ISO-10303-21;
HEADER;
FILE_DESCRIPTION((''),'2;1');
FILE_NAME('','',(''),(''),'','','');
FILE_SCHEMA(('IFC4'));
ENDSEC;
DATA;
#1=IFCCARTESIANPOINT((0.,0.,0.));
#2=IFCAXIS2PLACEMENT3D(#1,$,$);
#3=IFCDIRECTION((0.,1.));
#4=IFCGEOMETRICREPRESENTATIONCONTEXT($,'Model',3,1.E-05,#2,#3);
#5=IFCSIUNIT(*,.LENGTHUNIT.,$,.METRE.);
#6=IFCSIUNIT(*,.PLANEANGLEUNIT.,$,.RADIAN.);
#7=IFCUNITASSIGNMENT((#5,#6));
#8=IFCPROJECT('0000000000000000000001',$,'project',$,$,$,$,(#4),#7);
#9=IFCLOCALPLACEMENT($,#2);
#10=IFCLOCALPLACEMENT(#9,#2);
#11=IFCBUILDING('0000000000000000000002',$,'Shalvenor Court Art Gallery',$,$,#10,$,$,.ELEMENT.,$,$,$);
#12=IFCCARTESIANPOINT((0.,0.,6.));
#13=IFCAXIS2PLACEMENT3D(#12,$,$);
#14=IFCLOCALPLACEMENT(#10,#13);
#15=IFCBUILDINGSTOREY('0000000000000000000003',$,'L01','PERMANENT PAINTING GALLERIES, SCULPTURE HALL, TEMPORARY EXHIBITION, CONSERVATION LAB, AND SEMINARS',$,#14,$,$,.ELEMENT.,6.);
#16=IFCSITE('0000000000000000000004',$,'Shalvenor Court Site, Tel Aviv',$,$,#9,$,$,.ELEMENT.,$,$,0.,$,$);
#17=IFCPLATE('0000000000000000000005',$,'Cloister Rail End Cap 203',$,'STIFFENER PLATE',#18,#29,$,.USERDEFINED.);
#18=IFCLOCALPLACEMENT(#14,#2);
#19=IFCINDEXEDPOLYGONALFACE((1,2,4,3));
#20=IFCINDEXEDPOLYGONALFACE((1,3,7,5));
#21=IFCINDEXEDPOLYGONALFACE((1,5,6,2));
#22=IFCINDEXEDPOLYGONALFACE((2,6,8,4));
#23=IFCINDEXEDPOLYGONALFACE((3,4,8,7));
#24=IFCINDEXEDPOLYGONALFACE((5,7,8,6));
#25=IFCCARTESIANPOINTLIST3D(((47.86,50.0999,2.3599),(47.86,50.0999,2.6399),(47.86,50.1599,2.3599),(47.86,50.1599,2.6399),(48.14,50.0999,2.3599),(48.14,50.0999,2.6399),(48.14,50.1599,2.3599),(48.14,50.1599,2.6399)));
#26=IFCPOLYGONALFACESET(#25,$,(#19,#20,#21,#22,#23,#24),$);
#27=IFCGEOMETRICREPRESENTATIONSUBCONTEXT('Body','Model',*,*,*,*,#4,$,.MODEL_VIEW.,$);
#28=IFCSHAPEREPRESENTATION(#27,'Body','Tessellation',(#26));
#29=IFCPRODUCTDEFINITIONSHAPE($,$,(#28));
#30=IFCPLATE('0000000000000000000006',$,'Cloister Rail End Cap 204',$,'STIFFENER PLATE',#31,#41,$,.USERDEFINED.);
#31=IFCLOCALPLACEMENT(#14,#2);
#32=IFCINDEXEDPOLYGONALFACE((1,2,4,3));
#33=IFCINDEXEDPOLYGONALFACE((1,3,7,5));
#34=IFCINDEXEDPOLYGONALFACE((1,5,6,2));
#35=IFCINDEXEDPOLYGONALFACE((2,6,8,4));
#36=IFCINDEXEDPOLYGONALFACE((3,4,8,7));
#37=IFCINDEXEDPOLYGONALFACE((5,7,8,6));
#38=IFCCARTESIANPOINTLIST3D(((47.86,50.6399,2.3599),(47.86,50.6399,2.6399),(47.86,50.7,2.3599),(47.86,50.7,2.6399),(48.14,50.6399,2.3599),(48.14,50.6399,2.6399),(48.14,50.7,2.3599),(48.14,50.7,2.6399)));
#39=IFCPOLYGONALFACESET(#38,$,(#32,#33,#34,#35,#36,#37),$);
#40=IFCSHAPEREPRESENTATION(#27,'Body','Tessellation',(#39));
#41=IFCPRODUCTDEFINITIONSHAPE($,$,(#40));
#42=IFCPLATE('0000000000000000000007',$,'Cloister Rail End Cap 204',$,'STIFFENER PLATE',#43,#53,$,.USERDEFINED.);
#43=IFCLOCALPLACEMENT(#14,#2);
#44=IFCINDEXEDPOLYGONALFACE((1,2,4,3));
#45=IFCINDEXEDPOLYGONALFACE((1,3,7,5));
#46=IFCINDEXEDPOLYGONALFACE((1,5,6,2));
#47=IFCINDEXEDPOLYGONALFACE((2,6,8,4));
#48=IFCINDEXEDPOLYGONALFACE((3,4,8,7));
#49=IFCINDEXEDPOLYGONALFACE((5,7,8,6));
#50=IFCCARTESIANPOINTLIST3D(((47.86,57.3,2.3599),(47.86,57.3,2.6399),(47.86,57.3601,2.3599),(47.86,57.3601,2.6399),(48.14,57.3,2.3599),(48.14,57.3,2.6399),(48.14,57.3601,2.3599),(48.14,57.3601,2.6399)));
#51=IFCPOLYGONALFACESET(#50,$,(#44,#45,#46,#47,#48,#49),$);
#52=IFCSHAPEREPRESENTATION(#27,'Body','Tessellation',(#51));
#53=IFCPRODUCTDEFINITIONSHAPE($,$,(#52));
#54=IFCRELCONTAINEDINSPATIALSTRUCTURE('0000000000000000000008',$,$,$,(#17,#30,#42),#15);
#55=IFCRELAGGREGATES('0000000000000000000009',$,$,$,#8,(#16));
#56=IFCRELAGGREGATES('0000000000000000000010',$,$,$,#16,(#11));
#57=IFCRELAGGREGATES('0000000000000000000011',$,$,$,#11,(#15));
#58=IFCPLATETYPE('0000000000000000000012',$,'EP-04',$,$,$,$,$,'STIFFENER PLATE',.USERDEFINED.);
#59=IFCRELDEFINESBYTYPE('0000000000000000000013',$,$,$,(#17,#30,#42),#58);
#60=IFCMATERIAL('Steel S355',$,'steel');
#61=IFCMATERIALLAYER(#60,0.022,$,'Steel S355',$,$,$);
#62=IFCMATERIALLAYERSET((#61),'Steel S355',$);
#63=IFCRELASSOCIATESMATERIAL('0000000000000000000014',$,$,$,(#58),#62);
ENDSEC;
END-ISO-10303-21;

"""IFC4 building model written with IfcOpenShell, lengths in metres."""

from ifc_helpers import new_model, si_unit, direction, frame, origin, origin_2d, place, context, subcontext, project, spatial, rectangle, extrude, material, layer, layer_set, type_object, element, save


model = new_model("IFC4")

# Units and contexts
model_context = context("Model", 3, precision=1e-05, world=origin(), true_north=direction((0.0, 1.0)))
body_context = subcontext(model_context, "Body", "Model", "MODEL_VIEW")
ifc_project = project(units=[si_unit("LENGTHUNIT", "METRE"), si_unit("PLANEANGLEUNIT", "RADIAN")], contexts=[model_context])

# Site, building, storey
site_placement = place(None, origin())
site = spatial("IfcSite", under=ifc_project, at=site_placement, Name="Shalvenor Court Site, Tel Aviv", CompositionType="ELEMENT", RefElevation=0.0)
building_placement = place(site_placement, origin())
building = spatial("IfcBuilding", under=site, at=building_placement, Name="Shalvenor Court Art Gallery", CompositionType="ELEMENT")
storey_placement = place(building_placement, frame((0.0, 0.0, 6.0)))
storey = spatial("IfcBuildingStorey", under=building, at=storey_placement, Name="L01", Description="PERMANENT PAINTING GALLERIES, SCULPTURE HALL, TEMPORARY EXHIBITION, CONSERVATION LAB, AND SEMINARS", CompositionType="ELEMENT", Elevation=6.0)

# Plates
ifc_material_1 = material(Name="Steel S355", Category="steel")
ifc_layer_1 = layer(ifc_material_1, 0.022, Name="Steel S355")
ifc_layer_set_1 = layer_set([ifc_layer_1], Name="Steel S355")
plate_type_1 = type_object("IfcPlateType", Name="EP-04", ElementType="STIFFENER PLATE", PredefinedType="USERDEFINED", material=ifc_layer_set_1)
for number, where, z_axis, x_axis, name in (
    (1, (48.0, 50.1299, 2.3599), (0.0, 0.0, 1.0), (1.0, 0.0, 0.0), "Cloister Rail End Cap 203"),
    (2, (48.0, 50.6699, 2.3599), (0.0, 0.0, 1.0), (1.0, 0.0, 0.0), "Cloister Rail End Cap 204"),
    (3, (48.0, 57.3301, 2.3599), (0.0, 0.0, 1.0), (1.0, 0.0, 0.0), "Cloister Rail End Cap 204"),
):
    element("IfcPlate", number, at=place(storey_placement, frame(where, z_axis=z_axis, x_axis=x_axis)), inside=storey, type_object=plate_type_1, Name=name, ObjectType="STIFFENER PLATE", PredefinedType="USERDEFINED", context=body_context, shape_type="SweptSolid", body=[
        extrude(rectangle(XDim=0.28, YDim=0.0601, at=origin_2d()), origin(), (0.0, 0.0, 1.0), 0.28),
    ])

save(model, "model.ifc")
